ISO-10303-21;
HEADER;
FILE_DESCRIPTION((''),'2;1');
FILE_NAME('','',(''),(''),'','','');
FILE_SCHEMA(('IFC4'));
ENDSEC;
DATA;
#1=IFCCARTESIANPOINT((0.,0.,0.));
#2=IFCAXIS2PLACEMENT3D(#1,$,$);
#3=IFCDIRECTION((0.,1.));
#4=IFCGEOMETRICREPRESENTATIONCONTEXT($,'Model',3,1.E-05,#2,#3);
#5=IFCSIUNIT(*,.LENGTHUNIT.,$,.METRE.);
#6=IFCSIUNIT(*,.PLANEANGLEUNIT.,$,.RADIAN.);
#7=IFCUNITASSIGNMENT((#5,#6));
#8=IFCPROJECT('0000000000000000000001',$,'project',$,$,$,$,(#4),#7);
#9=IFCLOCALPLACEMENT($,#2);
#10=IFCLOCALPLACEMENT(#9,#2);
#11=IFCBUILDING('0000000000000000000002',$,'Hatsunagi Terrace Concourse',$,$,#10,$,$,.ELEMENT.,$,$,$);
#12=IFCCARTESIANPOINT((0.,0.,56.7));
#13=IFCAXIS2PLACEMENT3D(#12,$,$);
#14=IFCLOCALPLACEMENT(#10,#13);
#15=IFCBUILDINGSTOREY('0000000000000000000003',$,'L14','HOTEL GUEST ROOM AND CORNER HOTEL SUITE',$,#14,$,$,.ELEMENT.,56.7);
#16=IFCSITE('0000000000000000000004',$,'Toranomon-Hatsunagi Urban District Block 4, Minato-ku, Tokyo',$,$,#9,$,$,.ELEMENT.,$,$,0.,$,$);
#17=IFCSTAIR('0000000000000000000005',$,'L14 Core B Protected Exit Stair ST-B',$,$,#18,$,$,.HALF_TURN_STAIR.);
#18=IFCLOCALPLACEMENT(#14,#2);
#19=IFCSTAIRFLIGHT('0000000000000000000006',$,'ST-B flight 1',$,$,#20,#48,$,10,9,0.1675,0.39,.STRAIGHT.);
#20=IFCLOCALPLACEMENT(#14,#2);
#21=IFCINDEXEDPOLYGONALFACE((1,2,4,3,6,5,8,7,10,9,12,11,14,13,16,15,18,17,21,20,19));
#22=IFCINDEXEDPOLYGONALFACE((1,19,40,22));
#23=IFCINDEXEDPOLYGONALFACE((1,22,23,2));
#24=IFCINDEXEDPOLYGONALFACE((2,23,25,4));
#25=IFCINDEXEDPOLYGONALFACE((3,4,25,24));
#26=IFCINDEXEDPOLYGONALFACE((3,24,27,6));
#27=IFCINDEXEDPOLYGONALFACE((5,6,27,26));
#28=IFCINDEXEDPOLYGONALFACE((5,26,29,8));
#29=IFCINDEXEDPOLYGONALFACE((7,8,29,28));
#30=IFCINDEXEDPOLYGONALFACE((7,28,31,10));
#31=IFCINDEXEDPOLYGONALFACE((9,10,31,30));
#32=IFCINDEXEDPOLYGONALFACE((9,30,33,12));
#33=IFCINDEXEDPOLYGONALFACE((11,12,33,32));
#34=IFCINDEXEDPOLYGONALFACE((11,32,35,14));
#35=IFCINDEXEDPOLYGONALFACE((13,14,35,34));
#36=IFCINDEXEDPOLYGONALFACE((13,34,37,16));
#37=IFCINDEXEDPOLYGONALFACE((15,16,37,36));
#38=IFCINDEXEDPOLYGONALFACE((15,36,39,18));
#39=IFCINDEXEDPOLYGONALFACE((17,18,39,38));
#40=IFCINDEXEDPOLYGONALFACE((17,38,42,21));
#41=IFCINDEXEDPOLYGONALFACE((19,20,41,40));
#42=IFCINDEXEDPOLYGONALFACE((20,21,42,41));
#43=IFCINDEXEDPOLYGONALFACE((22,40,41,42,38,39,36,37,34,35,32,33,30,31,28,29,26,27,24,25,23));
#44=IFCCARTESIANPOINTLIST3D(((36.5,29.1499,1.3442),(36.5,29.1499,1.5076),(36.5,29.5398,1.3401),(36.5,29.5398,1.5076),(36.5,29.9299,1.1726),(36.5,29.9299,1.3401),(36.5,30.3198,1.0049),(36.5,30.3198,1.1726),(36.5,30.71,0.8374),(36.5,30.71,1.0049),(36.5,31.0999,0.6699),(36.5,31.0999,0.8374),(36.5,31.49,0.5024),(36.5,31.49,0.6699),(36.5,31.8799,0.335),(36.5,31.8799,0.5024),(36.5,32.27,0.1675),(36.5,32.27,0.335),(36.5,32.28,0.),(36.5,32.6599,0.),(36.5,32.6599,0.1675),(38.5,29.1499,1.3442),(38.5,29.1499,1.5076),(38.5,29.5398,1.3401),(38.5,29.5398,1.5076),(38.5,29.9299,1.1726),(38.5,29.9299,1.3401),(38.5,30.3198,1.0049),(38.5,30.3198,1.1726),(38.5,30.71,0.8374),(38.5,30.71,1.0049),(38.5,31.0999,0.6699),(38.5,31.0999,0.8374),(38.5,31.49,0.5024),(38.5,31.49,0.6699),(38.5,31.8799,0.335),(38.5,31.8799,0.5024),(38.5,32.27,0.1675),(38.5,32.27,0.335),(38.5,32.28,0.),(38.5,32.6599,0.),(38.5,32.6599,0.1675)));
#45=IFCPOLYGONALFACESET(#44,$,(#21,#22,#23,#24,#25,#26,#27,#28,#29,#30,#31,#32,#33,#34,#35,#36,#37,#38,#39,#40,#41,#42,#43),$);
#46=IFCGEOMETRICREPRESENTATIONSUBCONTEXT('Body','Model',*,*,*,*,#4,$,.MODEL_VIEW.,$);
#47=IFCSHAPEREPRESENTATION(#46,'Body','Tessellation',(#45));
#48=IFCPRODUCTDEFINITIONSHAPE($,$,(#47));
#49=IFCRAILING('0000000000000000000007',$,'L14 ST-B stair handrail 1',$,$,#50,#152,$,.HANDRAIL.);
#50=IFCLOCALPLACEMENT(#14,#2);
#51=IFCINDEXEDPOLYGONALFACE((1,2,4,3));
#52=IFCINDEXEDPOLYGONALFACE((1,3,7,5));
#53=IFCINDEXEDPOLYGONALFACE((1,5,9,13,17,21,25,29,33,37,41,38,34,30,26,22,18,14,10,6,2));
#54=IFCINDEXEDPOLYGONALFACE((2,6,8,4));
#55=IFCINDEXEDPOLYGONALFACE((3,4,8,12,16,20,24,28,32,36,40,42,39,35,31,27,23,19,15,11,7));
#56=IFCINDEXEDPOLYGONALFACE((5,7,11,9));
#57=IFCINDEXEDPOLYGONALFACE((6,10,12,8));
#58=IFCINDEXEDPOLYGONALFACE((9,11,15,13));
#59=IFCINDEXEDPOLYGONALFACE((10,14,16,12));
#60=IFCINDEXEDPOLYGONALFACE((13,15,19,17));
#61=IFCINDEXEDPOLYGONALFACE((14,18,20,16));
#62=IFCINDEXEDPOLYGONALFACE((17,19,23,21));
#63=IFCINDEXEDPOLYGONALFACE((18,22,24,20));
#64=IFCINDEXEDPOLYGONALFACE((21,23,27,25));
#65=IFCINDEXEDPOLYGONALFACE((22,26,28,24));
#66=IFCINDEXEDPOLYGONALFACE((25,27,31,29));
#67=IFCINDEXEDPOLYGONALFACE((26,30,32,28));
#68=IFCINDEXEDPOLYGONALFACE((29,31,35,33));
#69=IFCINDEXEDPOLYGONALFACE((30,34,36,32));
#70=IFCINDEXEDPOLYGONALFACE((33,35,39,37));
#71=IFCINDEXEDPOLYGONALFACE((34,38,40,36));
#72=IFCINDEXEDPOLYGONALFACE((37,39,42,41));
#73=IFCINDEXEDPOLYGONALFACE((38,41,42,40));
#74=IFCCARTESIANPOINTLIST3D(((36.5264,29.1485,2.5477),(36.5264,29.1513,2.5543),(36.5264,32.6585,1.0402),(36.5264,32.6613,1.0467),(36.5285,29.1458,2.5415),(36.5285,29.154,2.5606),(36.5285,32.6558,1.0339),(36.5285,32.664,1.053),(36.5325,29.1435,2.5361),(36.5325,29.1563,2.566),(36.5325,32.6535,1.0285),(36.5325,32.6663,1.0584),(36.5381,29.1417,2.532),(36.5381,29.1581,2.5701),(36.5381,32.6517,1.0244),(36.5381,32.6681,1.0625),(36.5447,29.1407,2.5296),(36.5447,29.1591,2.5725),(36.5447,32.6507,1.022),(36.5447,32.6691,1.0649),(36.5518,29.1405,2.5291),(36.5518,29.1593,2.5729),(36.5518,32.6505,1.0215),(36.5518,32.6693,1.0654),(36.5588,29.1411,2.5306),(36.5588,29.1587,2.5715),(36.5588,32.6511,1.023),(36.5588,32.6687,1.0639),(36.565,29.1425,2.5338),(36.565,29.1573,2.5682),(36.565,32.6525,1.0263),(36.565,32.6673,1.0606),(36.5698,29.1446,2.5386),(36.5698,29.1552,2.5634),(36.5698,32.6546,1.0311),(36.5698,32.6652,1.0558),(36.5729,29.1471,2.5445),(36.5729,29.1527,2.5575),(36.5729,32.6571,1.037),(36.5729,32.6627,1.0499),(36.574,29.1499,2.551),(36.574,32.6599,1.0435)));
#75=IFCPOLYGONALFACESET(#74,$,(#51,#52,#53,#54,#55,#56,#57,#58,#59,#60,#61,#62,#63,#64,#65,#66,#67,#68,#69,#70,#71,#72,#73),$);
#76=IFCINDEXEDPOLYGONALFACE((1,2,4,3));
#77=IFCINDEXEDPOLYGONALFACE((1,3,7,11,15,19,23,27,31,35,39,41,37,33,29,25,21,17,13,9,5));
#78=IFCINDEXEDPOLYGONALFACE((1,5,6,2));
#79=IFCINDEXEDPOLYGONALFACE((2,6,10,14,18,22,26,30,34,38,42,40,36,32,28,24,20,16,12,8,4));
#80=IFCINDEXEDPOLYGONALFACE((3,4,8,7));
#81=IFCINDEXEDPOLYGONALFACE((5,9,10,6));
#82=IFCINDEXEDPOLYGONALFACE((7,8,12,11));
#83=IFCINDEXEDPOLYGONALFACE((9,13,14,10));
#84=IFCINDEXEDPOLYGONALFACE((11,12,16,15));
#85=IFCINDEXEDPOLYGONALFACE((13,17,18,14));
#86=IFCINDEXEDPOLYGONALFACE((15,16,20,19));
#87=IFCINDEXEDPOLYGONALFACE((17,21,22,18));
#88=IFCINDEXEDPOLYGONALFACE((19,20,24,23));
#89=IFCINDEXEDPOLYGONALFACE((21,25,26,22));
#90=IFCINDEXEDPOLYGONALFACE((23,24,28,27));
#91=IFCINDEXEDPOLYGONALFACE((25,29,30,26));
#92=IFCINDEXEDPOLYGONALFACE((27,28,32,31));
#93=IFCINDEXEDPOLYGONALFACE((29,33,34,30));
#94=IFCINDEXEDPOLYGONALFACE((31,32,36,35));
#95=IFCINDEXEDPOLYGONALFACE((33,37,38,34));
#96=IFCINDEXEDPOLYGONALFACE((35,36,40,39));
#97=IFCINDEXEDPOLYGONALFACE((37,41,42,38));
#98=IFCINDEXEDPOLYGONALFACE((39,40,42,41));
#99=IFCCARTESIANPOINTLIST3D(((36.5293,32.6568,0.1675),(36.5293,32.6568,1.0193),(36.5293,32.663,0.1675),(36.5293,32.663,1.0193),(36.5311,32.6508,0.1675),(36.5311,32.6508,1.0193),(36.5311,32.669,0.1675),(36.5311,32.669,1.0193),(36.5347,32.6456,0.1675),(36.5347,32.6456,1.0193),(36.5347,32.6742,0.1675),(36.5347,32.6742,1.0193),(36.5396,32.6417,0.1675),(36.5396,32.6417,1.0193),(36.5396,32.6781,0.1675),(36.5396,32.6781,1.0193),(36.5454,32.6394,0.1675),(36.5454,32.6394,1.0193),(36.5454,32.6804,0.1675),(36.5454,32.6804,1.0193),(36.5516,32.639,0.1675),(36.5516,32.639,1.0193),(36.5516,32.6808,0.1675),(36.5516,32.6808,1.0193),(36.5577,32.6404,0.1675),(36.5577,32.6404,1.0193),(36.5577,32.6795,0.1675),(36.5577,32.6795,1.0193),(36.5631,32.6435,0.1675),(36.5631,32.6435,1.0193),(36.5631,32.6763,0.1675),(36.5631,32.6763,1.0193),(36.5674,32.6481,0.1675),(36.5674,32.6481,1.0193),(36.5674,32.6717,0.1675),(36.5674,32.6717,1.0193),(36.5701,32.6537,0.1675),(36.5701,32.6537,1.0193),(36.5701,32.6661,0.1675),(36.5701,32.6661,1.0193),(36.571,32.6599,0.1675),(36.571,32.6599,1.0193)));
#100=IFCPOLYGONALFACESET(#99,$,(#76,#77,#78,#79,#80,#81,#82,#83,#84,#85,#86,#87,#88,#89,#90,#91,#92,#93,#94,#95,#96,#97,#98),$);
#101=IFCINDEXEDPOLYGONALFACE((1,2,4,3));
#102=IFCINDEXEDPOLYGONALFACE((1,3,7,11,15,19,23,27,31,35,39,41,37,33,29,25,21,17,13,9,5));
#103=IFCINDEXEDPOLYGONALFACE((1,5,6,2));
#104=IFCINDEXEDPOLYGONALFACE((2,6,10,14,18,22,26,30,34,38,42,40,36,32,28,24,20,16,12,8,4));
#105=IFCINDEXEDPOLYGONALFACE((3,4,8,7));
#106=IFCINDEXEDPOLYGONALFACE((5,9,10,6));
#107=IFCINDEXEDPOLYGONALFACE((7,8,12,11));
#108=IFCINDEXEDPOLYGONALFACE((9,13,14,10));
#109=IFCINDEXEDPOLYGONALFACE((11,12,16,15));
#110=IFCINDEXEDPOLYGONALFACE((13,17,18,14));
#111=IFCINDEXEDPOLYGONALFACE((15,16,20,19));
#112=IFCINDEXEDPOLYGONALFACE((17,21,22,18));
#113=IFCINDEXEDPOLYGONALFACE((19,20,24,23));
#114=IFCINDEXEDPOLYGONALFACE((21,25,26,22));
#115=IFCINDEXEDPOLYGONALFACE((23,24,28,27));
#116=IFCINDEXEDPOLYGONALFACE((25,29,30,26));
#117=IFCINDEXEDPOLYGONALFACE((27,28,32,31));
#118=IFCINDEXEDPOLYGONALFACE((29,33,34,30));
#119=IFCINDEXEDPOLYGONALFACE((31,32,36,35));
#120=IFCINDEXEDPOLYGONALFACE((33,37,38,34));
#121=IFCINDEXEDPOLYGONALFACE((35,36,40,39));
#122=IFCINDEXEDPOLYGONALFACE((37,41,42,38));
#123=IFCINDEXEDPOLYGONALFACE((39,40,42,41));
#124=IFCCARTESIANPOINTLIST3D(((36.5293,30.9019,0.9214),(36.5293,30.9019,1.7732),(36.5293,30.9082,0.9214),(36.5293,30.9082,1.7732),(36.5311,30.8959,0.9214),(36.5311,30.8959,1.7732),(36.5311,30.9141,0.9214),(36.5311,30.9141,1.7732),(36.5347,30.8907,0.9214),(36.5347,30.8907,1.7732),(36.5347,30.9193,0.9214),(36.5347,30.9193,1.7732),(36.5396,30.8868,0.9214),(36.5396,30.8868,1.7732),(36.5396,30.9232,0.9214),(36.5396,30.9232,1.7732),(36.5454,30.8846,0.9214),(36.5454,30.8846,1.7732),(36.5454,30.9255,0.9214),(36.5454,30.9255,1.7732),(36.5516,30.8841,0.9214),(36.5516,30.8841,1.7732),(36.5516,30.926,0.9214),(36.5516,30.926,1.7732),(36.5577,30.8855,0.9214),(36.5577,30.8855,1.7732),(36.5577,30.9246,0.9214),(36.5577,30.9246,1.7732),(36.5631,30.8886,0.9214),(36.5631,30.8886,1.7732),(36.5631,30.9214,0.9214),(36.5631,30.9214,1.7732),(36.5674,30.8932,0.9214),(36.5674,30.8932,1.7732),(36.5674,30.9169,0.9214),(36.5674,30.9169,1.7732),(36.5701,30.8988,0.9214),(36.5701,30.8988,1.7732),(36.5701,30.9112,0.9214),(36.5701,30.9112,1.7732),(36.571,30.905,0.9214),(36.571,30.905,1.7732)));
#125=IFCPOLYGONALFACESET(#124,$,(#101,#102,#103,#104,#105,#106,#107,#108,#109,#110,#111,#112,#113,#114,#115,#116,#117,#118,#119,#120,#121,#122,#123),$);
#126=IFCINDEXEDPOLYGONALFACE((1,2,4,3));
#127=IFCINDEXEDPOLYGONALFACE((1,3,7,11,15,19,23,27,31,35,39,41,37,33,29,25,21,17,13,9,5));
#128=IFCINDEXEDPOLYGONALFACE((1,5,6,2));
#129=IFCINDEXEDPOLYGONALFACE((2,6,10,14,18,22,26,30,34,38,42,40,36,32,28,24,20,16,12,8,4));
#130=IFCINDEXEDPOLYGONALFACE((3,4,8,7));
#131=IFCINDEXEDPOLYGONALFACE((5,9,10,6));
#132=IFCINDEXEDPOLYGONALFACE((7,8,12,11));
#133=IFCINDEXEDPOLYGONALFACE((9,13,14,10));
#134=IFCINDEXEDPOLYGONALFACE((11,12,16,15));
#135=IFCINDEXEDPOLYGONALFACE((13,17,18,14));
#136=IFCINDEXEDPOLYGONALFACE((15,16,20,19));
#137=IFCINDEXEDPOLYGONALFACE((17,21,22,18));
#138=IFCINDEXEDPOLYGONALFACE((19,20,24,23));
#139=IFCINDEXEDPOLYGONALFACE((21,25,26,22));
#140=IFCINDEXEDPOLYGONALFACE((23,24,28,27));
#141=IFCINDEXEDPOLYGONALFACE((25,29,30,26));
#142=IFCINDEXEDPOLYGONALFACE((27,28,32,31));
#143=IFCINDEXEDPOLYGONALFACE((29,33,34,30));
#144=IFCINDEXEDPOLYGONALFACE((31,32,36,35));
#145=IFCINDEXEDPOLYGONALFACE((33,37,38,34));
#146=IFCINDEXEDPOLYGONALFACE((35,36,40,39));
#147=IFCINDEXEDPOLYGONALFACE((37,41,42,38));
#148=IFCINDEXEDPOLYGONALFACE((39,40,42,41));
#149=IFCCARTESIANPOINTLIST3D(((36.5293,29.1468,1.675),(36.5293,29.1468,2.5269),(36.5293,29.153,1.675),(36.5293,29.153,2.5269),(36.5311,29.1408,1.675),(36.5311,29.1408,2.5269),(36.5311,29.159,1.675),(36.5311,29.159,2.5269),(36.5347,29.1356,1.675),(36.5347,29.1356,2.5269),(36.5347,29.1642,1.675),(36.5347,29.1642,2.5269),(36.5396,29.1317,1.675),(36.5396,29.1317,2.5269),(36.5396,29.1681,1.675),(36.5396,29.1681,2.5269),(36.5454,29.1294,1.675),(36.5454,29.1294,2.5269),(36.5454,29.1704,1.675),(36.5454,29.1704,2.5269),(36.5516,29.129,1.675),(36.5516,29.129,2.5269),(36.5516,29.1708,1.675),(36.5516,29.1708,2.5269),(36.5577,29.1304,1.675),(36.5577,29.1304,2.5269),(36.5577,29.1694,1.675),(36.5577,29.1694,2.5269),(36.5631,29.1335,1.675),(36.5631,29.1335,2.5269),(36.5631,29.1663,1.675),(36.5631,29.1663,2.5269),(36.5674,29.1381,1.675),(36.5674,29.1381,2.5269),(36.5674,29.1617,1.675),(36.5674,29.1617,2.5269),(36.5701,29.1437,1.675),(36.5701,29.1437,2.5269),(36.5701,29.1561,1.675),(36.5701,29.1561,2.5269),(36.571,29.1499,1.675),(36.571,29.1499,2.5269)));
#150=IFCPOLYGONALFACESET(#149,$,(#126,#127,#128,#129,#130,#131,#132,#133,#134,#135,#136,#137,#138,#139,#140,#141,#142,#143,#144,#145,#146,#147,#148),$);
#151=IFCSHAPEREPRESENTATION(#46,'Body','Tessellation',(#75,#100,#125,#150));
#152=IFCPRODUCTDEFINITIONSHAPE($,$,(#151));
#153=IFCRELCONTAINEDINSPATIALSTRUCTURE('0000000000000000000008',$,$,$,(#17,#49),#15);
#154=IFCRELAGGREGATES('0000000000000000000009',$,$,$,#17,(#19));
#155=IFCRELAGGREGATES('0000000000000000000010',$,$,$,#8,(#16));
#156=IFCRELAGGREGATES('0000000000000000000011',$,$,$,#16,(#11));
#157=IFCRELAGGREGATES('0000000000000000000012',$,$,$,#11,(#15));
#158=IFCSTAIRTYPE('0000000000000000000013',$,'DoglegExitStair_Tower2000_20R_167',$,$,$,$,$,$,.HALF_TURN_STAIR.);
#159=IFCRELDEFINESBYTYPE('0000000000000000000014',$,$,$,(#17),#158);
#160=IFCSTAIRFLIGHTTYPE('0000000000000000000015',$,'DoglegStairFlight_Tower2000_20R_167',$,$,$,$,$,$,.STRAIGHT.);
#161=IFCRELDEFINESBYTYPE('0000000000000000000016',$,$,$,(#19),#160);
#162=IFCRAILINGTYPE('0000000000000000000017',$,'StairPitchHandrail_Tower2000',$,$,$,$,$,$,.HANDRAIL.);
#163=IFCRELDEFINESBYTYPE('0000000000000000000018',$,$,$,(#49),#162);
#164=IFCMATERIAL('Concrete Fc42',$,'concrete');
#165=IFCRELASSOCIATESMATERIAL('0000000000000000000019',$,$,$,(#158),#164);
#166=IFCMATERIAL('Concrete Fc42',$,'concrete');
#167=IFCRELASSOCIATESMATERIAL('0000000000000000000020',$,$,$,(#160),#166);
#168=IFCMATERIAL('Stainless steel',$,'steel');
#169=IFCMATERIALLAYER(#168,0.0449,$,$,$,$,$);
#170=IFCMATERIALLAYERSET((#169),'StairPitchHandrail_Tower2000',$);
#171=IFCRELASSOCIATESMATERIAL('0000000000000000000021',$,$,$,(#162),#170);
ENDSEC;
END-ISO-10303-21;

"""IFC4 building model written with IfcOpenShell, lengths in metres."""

from ifc_helpers import new_model, si_unit, direction, frame, origin, origin_2d, place, context, subcontext, project, spatial, polyline, circle, outline, extrude, material, layer, layer_set, type_object, element, aggregate, save


model = new_model("IFC4")

# Units and contexts
model_context = context("Model", 3, precision=1e-05, world=origin(), true_north=direction((0.0, 1.0)))
body_context = subcontext(model_context, "Body", "Model", "MODEL_VIEW")
ifc_project = project(units=[si_unit("LENGTHUNIT", "METRE"), si_unit("PLANEANGLEUNIT", "RADIAN")], contexts=[model_context])

# Site, building, storey
site_placement = place(None, origin())
site = spatial("IfcSite", under=ifc_project, at=site_placement, Name="Toranomon-Hatsunagi Urban District Block 4, Minato-ku, Tokyo", CompositionType="ELEMENT", RefElevation=0.0)
building_placement = place(site_placement, origin())
building = spatial("IfcBuilding", under=site, at=building_placement, Name="Hatsunagi Terrace Concourse", CompositionType="ELEMENT")
storey_placement = place(building_placement, frame((0.0, 0.0, 56.7)))
storey = spatial("IfcBuildingStorey", under=building, at=storey_placement, Name="L14", Description="HOTEL GUEST ROOM AND CORNER HOTEL SUITE", CompositionType="ELEMENT", Elevation=56.7)

# Stair, stair flight
ifc_material_1 = material(Name="Concrete Fc42", Category="concrete")
stair_type = type_object("IfcStairType", Name="DoglegExitStair_Tower2000_20R_167", PredefinedType="HALF_TURN_STAIR", material=ifc_material_1)
stair_placement = place(storey_placement, origin())
stair = element("IfcStair", 1, at=stair_placement, inside=storey, type_object=stair_type, Name="L14 Core B Protected Exit Stair ST-B", PredefinedType="HALF_TURN_STAIR")
ifc_material_2 = material(Name="Concrete Fc42", Category="concrete")
stair_flight_type = type_object("IfcStairFlightType", Name="DoglegStairFlight_Tower2000_20R_167", PredefinedType="STRAIGHT", material=ifc_material_2)
stair_flight_placement = place(storey_placement, frame((37.5, 32.6599, 0.0), z_axis=(0.0, 0.0, 1.0), x_axis=(0.0, -1.0, 0.0)))
stair_flight = element("IfcStairFlight", 2, at=stair_flight_placement, type_object=stair_flight_type, Name="ST-B flight 1", NumberOfRisers=10, NumberOfTreads=9, PredefinedType="STRAIGHT", RiserHeight=0.1675, TreadLength=0.39, context=body_context, shape_type="SweptSolid", body=[
    extrude(outline(polyline([(0.0, 0.0), (0.0, 0.1675), (0.3899, 0.1675), (0.3899, 0.335), (0.78, 0.335), (0.78, 0.5024), (1.1699, 0.5024), (1.1699, 0.6699), (1.5601, 0.6699), (1.5601, 0.8374), (1.95, 0.8374), (1.95, 1.0049), (2.3401, 1.0049), (2.3401, 1.1726), (2.73, 1.1726), (2.73, 1.3401), (3.1201, 1.3401), (3.1201, 1.5076), (3.51, 1.5076), (3.51, 1.675), (3.51, 1.3442), (0.3799, 0.0), (0.0, 0.0)])), frame((0.0, 1.0, 0.0), z_axis=(0.0, -1.0, 0.0), x_axis=(1.0, 0.0, 0.0)), (0.0, 0.0, 1.0), 2.0),
])
aggregate(stair, [stair_flight])

# Railing
ifc_material_3 = material(Name="Stainless steel", Category="steel")
ifc_layer_1 = layer(ifc_material_3, 0.0449)
ifc_layer_set_1 = layer_set([ifc_layer_1], Name="StairPitchHandrail_Tower2000")
railing_type_1 = type_object("IfcRailingType", Name="StairPitchHandrail_Tower2000", PredefinedType="HANDRAIL", material=ifc_layer_set_1)
railing_1_placement = place(storey_placement, frame((36.55, 32.6599, 0.1675)))
element("IfcRailing", 3, at=railing_1_placement, inside=storey, type_object=railing_type_1, Name="L14 ST-B stair handrail 1", PredefinedType="HANDRAIL", context=body_context, shape_type="SweptSolid", body=[
    extrude(circle(Radius=0.0239, at=origin_2d()), frame((0.0, 0.0, 0.876), z_axis=(0.0, -0.918834, 0.394644), x_axis=(1.0, 0.0, 0.0)), (0.0, 0.0, 1.0), 3.8201),
    extrude(circle(Radius=0.021, at=origin_2d()), origin(), (0.0, 0.0, 1.0), 0.8518),
    extrude(circle(Radius=0.021, at=origin_2d()), frame((0.0, -1.7549, 0.7539)), (0.0, 0.0, 1.0), 0.8518),
    extrude(circle(Radius=0.021, at=origin_2d()), frame((0.0, -3.51, 1.5076)), (0.0, 0.0, 1.0), 0.8518),
])

save(model, "model.ifc")
